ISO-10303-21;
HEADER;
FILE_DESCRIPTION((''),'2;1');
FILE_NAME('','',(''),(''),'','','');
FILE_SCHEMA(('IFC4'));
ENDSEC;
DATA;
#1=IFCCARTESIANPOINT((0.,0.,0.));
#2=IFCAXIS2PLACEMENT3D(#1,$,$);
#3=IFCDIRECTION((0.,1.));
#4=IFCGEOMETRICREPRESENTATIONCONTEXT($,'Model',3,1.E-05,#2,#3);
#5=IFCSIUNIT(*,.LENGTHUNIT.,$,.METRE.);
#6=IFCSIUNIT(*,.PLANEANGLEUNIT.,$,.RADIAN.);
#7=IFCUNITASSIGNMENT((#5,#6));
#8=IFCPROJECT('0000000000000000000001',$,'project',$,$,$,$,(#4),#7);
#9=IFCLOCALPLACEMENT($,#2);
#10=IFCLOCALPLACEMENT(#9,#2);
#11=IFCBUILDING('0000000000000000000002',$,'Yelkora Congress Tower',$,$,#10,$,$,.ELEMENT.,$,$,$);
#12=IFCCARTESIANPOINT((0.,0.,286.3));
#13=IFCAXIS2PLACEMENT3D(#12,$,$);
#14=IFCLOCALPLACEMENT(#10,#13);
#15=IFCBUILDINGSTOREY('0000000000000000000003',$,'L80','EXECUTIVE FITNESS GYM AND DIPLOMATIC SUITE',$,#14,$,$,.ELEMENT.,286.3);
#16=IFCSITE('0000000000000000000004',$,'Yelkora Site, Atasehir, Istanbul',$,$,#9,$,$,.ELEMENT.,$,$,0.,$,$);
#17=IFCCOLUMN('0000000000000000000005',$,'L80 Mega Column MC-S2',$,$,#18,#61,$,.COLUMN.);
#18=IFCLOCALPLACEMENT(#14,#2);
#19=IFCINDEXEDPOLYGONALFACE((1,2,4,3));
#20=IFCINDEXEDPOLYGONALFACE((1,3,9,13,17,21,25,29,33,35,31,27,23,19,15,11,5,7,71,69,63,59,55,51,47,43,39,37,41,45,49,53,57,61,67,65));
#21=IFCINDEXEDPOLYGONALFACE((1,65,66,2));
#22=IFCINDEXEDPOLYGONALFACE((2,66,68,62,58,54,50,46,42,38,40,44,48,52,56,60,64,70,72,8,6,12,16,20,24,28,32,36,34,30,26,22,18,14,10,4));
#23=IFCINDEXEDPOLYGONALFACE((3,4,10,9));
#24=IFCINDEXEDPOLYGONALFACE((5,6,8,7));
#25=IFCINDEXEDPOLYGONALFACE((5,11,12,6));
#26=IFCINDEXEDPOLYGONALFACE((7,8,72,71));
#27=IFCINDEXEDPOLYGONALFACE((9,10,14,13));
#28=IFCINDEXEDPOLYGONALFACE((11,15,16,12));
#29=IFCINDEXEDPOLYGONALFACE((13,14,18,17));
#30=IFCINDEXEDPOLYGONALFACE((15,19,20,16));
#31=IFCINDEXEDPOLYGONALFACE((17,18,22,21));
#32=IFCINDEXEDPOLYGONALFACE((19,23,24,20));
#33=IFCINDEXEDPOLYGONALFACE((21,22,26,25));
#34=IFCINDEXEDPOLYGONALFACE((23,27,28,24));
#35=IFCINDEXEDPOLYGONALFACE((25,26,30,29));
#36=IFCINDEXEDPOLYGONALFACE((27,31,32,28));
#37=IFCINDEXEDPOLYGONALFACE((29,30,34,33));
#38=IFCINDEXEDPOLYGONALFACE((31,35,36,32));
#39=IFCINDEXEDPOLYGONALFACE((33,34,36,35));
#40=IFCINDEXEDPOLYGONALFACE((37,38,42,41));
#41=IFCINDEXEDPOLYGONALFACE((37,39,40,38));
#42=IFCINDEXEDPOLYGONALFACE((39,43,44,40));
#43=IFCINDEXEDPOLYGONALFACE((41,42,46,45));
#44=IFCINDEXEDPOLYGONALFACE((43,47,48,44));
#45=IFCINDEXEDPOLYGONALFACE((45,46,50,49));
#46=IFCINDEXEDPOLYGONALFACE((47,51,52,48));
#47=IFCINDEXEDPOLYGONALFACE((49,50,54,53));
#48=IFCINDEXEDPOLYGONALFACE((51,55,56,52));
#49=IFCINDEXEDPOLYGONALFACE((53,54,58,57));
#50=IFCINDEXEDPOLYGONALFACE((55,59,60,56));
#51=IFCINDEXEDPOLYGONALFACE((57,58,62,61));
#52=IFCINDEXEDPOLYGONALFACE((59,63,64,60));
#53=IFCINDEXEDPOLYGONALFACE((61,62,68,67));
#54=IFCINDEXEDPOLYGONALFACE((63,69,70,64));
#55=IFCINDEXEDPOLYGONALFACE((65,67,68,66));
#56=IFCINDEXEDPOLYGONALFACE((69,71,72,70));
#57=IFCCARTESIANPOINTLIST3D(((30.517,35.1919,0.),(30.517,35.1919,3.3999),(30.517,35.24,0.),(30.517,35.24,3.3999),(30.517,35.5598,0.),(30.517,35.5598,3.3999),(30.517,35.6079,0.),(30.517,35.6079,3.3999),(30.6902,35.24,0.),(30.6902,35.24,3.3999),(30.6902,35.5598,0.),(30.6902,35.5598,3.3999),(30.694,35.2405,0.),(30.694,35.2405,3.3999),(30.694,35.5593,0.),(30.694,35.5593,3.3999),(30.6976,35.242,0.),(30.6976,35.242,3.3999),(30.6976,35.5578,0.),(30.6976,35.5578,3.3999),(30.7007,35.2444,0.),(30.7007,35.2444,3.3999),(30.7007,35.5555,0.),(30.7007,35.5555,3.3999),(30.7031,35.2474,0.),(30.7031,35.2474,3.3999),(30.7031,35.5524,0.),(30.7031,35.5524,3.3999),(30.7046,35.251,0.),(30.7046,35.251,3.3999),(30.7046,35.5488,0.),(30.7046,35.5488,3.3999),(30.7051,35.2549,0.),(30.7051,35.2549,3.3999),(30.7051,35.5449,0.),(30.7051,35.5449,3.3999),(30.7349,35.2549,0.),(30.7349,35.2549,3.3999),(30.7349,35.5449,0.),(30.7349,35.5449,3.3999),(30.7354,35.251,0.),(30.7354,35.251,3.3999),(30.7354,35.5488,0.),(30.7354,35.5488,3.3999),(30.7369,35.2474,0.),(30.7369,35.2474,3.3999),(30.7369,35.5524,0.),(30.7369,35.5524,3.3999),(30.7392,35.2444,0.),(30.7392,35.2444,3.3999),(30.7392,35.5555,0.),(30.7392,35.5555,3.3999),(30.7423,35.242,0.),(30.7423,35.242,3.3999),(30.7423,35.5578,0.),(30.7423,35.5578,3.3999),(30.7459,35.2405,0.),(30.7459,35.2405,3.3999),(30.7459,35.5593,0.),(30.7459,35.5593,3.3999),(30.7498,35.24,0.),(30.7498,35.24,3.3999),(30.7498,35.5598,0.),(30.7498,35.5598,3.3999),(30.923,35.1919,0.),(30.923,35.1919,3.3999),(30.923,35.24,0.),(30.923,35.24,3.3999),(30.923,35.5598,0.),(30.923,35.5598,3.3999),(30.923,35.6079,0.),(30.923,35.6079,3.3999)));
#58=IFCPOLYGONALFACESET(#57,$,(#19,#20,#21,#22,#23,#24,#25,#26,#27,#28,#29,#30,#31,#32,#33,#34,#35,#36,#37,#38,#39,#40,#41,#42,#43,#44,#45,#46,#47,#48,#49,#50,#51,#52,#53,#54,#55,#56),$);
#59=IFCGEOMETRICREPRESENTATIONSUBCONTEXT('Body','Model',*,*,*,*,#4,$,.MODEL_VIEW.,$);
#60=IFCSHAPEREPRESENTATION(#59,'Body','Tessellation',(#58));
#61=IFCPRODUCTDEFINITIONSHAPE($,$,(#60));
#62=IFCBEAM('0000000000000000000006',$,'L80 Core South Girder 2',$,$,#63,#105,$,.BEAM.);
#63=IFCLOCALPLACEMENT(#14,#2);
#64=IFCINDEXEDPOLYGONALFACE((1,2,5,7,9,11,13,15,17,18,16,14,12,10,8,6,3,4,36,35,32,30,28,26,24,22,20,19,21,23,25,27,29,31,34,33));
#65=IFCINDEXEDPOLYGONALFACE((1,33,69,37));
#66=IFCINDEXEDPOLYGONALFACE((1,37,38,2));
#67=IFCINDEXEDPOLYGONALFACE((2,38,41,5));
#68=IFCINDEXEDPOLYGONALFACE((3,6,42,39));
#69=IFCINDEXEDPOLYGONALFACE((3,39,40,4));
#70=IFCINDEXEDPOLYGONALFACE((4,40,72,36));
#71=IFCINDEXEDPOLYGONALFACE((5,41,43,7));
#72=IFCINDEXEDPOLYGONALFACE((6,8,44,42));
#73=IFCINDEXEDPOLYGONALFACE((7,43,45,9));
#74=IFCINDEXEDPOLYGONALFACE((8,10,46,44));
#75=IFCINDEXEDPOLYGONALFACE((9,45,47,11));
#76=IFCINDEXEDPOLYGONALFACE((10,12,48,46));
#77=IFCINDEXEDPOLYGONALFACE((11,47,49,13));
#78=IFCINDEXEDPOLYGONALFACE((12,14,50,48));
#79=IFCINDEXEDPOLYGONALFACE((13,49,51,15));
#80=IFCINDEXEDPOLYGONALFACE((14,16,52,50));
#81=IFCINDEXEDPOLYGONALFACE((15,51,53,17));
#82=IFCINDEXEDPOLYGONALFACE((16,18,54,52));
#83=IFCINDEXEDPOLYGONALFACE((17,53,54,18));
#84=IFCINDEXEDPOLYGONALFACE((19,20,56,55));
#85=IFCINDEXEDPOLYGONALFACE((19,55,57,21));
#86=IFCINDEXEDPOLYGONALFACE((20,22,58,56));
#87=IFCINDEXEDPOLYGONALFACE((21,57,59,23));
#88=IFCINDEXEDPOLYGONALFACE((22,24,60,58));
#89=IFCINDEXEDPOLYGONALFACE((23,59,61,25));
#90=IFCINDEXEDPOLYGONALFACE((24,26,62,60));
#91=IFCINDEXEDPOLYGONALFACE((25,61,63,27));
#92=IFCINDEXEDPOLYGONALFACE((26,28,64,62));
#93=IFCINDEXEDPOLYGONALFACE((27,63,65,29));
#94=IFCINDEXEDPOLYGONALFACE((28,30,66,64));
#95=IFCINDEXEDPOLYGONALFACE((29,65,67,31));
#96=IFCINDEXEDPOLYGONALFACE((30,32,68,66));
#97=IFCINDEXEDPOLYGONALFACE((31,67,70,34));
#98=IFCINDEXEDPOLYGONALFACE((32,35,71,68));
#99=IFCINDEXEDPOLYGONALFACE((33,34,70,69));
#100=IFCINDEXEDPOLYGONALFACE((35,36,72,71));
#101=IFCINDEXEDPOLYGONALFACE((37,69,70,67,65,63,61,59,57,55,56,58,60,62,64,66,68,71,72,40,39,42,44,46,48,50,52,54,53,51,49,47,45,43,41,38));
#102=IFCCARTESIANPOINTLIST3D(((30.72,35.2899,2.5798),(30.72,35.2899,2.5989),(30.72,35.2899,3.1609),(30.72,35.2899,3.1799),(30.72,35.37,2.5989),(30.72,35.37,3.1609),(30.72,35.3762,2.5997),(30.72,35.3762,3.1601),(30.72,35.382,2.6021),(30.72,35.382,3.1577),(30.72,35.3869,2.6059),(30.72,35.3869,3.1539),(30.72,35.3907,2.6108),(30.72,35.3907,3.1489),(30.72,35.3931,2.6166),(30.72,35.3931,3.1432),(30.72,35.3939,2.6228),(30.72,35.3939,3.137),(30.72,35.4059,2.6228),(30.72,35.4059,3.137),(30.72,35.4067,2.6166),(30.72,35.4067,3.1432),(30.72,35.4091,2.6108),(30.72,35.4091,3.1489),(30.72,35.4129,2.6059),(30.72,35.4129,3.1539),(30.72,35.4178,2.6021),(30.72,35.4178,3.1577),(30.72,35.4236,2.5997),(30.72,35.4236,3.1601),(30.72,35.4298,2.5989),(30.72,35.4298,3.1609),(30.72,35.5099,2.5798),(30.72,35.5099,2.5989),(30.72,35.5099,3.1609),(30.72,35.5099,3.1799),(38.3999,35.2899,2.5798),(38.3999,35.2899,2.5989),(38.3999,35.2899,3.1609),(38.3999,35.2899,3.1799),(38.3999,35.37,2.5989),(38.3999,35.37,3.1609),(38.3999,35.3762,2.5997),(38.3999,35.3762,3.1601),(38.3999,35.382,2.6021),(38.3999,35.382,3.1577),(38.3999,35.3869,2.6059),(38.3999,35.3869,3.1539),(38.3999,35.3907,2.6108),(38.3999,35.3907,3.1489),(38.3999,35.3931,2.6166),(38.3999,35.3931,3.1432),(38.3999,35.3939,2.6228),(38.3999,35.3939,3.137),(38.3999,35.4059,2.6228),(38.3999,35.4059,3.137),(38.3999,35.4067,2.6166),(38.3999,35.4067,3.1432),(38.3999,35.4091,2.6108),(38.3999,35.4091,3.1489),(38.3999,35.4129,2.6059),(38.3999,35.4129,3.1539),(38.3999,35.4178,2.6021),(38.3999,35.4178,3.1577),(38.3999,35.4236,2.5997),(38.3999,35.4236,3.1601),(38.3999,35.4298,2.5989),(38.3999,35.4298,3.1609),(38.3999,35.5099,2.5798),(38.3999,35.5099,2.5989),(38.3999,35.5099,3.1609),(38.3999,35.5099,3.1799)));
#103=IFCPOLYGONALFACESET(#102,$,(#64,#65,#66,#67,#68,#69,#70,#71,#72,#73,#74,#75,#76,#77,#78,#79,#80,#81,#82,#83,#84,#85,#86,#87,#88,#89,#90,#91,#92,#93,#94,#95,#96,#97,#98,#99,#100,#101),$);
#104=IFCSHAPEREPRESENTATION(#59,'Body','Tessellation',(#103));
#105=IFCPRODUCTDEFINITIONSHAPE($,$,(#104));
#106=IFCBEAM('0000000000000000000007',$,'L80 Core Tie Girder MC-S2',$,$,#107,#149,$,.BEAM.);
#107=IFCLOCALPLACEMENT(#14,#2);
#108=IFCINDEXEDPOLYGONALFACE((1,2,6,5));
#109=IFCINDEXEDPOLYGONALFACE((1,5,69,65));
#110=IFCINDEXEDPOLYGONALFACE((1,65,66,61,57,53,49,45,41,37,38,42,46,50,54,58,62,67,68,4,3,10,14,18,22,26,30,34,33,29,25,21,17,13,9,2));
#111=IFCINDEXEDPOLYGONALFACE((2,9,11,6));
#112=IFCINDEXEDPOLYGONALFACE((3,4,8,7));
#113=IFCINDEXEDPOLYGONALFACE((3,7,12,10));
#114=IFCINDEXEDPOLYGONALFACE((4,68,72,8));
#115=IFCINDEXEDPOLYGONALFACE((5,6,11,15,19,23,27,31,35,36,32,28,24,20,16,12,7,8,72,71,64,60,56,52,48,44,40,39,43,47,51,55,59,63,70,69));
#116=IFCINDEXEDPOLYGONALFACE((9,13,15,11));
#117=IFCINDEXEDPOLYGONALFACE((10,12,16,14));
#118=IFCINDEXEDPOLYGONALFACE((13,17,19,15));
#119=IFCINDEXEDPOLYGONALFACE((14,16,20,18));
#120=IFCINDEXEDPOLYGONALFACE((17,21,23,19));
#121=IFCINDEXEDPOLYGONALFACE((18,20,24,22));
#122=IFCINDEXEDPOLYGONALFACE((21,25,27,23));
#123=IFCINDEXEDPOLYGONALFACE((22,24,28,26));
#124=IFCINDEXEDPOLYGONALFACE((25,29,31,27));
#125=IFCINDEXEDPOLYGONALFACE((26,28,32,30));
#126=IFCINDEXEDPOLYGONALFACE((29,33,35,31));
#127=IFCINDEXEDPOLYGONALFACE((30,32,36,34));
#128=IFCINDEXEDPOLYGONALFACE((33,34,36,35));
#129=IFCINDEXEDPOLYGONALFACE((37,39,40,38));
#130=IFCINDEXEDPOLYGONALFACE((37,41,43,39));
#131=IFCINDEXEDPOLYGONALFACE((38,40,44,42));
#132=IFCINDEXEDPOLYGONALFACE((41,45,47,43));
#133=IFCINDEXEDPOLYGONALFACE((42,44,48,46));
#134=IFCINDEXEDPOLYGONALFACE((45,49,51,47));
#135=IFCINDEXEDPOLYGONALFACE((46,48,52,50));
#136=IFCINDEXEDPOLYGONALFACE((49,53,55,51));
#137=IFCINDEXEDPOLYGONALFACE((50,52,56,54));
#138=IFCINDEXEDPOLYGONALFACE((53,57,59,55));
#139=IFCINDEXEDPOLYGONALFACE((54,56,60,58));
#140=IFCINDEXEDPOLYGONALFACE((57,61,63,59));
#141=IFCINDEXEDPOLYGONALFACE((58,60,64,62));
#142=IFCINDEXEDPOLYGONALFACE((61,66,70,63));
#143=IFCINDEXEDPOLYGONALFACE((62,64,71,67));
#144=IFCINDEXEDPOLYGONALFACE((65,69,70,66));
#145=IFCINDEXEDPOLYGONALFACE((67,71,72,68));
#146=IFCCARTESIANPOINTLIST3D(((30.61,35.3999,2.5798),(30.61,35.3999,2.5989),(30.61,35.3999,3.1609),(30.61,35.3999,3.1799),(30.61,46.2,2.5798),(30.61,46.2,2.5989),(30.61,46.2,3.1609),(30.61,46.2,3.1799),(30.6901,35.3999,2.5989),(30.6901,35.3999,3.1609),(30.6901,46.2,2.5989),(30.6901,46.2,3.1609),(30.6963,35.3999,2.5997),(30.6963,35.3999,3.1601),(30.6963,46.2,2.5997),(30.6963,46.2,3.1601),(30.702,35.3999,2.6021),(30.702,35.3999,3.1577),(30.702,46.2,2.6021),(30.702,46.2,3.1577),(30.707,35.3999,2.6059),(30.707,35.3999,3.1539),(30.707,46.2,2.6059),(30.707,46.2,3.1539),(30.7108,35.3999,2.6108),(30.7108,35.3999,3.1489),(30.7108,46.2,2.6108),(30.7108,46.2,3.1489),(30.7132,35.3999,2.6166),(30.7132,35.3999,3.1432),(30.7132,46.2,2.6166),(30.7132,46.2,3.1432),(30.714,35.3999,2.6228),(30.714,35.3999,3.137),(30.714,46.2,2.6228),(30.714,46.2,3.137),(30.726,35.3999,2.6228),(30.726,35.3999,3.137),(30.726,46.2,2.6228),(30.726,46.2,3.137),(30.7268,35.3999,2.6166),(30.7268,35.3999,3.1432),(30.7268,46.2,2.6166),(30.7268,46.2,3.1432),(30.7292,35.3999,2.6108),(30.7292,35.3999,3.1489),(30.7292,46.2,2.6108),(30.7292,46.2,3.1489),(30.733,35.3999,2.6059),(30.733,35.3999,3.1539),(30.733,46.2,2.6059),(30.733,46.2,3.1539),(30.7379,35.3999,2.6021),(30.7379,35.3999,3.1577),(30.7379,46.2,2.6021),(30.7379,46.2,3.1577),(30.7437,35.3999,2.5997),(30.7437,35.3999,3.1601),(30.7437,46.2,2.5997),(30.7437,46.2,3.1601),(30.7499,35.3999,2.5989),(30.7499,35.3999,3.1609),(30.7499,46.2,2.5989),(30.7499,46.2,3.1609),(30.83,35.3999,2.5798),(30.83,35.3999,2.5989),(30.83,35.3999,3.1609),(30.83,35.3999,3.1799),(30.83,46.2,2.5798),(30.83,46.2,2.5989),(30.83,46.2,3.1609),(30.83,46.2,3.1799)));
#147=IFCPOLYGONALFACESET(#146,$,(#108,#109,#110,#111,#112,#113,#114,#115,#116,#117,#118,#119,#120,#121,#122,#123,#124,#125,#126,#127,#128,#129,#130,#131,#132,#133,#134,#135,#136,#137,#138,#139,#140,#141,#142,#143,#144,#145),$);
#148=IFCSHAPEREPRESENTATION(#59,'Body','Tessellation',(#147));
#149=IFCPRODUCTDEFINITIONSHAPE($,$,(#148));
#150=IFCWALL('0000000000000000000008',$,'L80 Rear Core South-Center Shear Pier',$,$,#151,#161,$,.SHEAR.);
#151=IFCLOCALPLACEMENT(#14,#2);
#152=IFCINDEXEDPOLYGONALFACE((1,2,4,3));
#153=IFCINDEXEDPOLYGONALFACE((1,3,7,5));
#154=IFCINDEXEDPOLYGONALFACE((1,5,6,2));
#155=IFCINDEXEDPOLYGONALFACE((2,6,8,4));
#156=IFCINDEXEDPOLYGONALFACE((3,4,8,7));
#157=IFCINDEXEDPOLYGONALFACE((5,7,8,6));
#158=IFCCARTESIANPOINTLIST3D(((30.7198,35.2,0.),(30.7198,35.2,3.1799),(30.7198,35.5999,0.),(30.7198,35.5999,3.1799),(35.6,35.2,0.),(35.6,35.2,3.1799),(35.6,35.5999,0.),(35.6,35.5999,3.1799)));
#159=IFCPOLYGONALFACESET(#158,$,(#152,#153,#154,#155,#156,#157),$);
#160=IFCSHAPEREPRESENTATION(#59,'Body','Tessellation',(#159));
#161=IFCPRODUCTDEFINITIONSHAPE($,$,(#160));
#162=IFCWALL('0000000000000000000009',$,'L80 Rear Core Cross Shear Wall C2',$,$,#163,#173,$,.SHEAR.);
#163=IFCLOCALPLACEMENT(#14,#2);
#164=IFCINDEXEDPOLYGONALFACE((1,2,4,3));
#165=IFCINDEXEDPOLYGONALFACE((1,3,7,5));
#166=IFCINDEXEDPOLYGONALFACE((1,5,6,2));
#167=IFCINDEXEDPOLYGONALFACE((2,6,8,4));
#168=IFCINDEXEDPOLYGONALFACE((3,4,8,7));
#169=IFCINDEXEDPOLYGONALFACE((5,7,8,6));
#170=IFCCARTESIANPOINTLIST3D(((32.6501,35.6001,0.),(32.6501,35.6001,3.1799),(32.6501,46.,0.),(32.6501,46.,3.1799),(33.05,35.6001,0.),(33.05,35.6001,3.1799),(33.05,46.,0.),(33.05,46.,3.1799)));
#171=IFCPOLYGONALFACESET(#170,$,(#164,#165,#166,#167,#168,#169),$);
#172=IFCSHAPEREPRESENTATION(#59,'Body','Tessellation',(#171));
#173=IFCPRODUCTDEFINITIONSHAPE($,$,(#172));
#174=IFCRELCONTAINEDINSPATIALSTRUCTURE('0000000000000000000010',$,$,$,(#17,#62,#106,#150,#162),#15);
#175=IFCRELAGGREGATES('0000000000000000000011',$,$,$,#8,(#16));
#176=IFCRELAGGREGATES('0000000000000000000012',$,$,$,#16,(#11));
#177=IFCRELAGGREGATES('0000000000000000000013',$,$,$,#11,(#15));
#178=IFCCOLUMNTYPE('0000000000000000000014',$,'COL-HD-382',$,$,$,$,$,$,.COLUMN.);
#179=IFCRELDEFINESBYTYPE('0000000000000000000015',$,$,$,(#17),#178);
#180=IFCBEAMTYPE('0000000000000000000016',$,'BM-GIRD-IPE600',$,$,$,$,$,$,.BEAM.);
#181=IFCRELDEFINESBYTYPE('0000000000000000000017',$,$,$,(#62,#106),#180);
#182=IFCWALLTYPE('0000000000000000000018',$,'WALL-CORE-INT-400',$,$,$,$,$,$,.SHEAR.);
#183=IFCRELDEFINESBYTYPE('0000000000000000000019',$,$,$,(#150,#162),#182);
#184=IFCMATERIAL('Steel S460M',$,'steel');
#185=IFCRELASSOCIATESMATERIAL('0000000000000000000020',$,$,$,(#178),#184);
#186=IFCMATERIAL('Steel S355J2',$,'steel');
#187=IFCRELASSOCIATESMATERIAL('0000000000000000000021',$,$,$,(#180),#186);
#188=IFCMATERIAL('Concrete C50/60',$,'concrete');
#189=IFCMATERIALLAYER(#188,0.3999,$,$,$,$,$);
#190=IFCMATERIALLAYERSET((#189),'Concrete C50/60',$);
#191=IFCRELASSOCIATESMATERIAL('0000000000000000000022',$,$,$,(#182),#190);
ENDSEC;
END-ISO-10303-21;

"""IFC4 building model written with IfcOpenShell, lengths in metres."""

from ifc_helpers import new_model, si_unit, direction, frame, frame_2d, origin, origin_2d, place, context, subcontext, project, spatial, rectangle, i_section, extrude, material, layer, layer_set, material_profile, profile_set, type_object, element, save


model = new_model("IFC4")

# Units and contexts
model_context = context("Model", 3, precision=1e-05, world=origin(), true_north=direction((0.0, 1.0)))
body_context = subcontext(model_context, "Body", "Model", "MODEL_VIEW")
ifc_project = project(units=[si_unit("LENGTHUNIT", "METRE"), si_unit("PLANEANGLEUNIT", "RADIAN")], contexts=[model_context])

# Site, building, storey
site_placement = place(None, origin())
site = spatial("IfcSite", under=ifc_project, at=site_placement, Name="Yelkora Site, Atasehir, Istanbul", CompositionType="ELEMENT", RefElevation=0.0)
building_placement = place(site_placement, origin())
building = spatial("IfcBuilding", under=site, at=building_placement, Name="Yelkora Congress Tower", CompositionType="ELEMENT")
storey_placement = place(building_placement, frame((0.0, 0.0, 286.3)))
storey = spatial("IfcBuildingStorey", under=building, at=storey_placement, Name="L80", Description="EXECUTIVE FITNESS GYM AND DIPLOMATIC SUITE", CompositionType="ELEMENT", Elevation=286.3)

# Column
ifc_material_1 = material(Name="Steel S460M", Category="steel")
ifc_material_profile_1 = material_profile(ifc_material_1, i_section(OverallWidth=0.406, OverallDepth=0.416, WebThickness=0.0298, FlangeThickness=0.0481, FilletRadius=0.0149, at=origin_2d()), Name="HD 400x382")
ifc_profile_set_1 = profile_set([ifc_material_profile_1], Name="Steel S460M")
column_type = type_object("IfcColumnType", Name="COL-HD-382", PredefinedType="COLUMN", material=ifc_profile_set_1)
column_placement = place(storey_placement, frame((30.72, 35.3999, 0.0), z_axis=(0.0, 0.0, 1.0), x_axis=(1.0, 0.0, 0.0)))
element("IfcColumn", 1, at=column_placement, inside=storey, type_object=column_type, Name="L80 Mega Column MC-S2", PredefinedType="COLUMN", context=body_context, shape_type="SweptSolid", body=[
    extrude(i_section(OverallWidth=0.406, OverallDepth=0.416, WebThickness=0.0298, FlangeThickness=0.0481, FilletRadius=0.0149, at=origin_2d()), origin(), (0.0, 0.0, 1.0), 3.3999),
])

# Beams
ifc_material_2 = material(Name="Steel S355J2", Category="steel")
ifc_material_profile_2 = material_profile(ifc_material_2, i_section(OverallWidth=0.22, OverallDepth=0.6001, WebThickness=0.012, FlangeThickness=0.019, FilletRadius=0.0239, at=origin_2d()), Name="IPE 600")
ifc_profile_set_2 = profile_set([ifc_material_profile_2], Name="Steel S355J2")
beam_type = type_object("IfcBeamType", Name="BM-GIRD-IPE600", PredefinedType="BEAM", material=ifc_profile_set_2)
beam_1_placement = place(storey_placement, frame((30.72, 35.3999, 2.8799), z_axis=(1.0, 0.0, 0.0), x_axis=(0.0, 1.0, 0.0)))
element("IfcBeam", 2, at=beam_1_placement, inside=storey, type_object=beam_type, Name="L80 Core South Girder 2", PredefinedType="BEAM", context=body_context, shape_type="SweptSolid", body=[
    extrude(i_section(OverallWidth=0.22, OverallDepth=0.6001, WebThickness=0.012, FlangeThickness=0.019, FilletRadius=0.0239, at=origin_2d()), origin(), (0.0, 0.0, 1.0), 7.6799),
])
beam_2_placement = place(storey_placement, frame((30.72, 35.3999, 2.8799), z_axis=(0.0, 1.0, 0.0), x_axis=(-1.0, 0.0, 0.0)))
element("IfcBeam", 3, at=beam_2_placement, inside=storey, type_object=beam_type, Name="L80 Core Tie Girder MC-S2", PredefinedType="BEAM", context=body_context, shape_type="SweptSolid", body=[
    extrude(i_section(OverallWidth=0.22, OverallDepth=0.6001, WebThickness=0.012, FlangeThickness=0.019, FilletRadius=0.0239, at=origin_2d()), origin(), (0.0, 0.0, 1.0), 10.8),
])

# Wall
ifc_material_3 = material(Name="Concrete C50/60", Category="concrete")
ifc_layer_1 = layer(ifc_material_3, 0.3999)
ifc_layer_set_1 = layer_set([ifc_layer_1], Name="Concrete C50/60")
wall_type_1 = type_object("IfcWallType", Name="WALL-CORE-INT-400", PredefinedType="SHEAR", material=ifc_layer_set_1)
wall_1_placement = place(storey_placement, frame((30.72, 35.3999, 0.0), z_axis=(0.0, 0.0, 1.0), x_axis=(1.0, 0.0, 0.0)))
element("IfcWall", 4, at=wall_1_placement, inside=storey, type_object=wall_type_1, Name="L80 Rear Core South-Center Shear Pier", PredefinedType="SHEAR", context=body_context, shape_type="SweptSolid", body=[
    extrude(rectangle(XDim=4.8801, YDim=0.3999, at=frame_2d((2.4399, 0.0))), origin(), (0.0, 0.0, 1.0), 3.1799),
])

# Wall
wall_2_placement = place(storey_placement, frame((32.8501, 35.6001, 0.0), z_axis=(0.0, 0.0, 1.0), x_axis=(0.0, 1.0, 0.0)))
element("IfcWall", 5, at=wall_2_placement, inside=storey, type_object=wall_type_1, Name="L80 Rear Core Cross Shear Wall C2", PredefinedType="SHEAR", context=body_context, shape_type="SweptSolid", body=[
    extrude(rectangle(XDim=10.3999, YDim=0.3999, at=frame_2d((5.2, 0.0))), origin(), (0.0, 0.0, 1.0), 3.1799),
])

save(model, "model.ifc")
